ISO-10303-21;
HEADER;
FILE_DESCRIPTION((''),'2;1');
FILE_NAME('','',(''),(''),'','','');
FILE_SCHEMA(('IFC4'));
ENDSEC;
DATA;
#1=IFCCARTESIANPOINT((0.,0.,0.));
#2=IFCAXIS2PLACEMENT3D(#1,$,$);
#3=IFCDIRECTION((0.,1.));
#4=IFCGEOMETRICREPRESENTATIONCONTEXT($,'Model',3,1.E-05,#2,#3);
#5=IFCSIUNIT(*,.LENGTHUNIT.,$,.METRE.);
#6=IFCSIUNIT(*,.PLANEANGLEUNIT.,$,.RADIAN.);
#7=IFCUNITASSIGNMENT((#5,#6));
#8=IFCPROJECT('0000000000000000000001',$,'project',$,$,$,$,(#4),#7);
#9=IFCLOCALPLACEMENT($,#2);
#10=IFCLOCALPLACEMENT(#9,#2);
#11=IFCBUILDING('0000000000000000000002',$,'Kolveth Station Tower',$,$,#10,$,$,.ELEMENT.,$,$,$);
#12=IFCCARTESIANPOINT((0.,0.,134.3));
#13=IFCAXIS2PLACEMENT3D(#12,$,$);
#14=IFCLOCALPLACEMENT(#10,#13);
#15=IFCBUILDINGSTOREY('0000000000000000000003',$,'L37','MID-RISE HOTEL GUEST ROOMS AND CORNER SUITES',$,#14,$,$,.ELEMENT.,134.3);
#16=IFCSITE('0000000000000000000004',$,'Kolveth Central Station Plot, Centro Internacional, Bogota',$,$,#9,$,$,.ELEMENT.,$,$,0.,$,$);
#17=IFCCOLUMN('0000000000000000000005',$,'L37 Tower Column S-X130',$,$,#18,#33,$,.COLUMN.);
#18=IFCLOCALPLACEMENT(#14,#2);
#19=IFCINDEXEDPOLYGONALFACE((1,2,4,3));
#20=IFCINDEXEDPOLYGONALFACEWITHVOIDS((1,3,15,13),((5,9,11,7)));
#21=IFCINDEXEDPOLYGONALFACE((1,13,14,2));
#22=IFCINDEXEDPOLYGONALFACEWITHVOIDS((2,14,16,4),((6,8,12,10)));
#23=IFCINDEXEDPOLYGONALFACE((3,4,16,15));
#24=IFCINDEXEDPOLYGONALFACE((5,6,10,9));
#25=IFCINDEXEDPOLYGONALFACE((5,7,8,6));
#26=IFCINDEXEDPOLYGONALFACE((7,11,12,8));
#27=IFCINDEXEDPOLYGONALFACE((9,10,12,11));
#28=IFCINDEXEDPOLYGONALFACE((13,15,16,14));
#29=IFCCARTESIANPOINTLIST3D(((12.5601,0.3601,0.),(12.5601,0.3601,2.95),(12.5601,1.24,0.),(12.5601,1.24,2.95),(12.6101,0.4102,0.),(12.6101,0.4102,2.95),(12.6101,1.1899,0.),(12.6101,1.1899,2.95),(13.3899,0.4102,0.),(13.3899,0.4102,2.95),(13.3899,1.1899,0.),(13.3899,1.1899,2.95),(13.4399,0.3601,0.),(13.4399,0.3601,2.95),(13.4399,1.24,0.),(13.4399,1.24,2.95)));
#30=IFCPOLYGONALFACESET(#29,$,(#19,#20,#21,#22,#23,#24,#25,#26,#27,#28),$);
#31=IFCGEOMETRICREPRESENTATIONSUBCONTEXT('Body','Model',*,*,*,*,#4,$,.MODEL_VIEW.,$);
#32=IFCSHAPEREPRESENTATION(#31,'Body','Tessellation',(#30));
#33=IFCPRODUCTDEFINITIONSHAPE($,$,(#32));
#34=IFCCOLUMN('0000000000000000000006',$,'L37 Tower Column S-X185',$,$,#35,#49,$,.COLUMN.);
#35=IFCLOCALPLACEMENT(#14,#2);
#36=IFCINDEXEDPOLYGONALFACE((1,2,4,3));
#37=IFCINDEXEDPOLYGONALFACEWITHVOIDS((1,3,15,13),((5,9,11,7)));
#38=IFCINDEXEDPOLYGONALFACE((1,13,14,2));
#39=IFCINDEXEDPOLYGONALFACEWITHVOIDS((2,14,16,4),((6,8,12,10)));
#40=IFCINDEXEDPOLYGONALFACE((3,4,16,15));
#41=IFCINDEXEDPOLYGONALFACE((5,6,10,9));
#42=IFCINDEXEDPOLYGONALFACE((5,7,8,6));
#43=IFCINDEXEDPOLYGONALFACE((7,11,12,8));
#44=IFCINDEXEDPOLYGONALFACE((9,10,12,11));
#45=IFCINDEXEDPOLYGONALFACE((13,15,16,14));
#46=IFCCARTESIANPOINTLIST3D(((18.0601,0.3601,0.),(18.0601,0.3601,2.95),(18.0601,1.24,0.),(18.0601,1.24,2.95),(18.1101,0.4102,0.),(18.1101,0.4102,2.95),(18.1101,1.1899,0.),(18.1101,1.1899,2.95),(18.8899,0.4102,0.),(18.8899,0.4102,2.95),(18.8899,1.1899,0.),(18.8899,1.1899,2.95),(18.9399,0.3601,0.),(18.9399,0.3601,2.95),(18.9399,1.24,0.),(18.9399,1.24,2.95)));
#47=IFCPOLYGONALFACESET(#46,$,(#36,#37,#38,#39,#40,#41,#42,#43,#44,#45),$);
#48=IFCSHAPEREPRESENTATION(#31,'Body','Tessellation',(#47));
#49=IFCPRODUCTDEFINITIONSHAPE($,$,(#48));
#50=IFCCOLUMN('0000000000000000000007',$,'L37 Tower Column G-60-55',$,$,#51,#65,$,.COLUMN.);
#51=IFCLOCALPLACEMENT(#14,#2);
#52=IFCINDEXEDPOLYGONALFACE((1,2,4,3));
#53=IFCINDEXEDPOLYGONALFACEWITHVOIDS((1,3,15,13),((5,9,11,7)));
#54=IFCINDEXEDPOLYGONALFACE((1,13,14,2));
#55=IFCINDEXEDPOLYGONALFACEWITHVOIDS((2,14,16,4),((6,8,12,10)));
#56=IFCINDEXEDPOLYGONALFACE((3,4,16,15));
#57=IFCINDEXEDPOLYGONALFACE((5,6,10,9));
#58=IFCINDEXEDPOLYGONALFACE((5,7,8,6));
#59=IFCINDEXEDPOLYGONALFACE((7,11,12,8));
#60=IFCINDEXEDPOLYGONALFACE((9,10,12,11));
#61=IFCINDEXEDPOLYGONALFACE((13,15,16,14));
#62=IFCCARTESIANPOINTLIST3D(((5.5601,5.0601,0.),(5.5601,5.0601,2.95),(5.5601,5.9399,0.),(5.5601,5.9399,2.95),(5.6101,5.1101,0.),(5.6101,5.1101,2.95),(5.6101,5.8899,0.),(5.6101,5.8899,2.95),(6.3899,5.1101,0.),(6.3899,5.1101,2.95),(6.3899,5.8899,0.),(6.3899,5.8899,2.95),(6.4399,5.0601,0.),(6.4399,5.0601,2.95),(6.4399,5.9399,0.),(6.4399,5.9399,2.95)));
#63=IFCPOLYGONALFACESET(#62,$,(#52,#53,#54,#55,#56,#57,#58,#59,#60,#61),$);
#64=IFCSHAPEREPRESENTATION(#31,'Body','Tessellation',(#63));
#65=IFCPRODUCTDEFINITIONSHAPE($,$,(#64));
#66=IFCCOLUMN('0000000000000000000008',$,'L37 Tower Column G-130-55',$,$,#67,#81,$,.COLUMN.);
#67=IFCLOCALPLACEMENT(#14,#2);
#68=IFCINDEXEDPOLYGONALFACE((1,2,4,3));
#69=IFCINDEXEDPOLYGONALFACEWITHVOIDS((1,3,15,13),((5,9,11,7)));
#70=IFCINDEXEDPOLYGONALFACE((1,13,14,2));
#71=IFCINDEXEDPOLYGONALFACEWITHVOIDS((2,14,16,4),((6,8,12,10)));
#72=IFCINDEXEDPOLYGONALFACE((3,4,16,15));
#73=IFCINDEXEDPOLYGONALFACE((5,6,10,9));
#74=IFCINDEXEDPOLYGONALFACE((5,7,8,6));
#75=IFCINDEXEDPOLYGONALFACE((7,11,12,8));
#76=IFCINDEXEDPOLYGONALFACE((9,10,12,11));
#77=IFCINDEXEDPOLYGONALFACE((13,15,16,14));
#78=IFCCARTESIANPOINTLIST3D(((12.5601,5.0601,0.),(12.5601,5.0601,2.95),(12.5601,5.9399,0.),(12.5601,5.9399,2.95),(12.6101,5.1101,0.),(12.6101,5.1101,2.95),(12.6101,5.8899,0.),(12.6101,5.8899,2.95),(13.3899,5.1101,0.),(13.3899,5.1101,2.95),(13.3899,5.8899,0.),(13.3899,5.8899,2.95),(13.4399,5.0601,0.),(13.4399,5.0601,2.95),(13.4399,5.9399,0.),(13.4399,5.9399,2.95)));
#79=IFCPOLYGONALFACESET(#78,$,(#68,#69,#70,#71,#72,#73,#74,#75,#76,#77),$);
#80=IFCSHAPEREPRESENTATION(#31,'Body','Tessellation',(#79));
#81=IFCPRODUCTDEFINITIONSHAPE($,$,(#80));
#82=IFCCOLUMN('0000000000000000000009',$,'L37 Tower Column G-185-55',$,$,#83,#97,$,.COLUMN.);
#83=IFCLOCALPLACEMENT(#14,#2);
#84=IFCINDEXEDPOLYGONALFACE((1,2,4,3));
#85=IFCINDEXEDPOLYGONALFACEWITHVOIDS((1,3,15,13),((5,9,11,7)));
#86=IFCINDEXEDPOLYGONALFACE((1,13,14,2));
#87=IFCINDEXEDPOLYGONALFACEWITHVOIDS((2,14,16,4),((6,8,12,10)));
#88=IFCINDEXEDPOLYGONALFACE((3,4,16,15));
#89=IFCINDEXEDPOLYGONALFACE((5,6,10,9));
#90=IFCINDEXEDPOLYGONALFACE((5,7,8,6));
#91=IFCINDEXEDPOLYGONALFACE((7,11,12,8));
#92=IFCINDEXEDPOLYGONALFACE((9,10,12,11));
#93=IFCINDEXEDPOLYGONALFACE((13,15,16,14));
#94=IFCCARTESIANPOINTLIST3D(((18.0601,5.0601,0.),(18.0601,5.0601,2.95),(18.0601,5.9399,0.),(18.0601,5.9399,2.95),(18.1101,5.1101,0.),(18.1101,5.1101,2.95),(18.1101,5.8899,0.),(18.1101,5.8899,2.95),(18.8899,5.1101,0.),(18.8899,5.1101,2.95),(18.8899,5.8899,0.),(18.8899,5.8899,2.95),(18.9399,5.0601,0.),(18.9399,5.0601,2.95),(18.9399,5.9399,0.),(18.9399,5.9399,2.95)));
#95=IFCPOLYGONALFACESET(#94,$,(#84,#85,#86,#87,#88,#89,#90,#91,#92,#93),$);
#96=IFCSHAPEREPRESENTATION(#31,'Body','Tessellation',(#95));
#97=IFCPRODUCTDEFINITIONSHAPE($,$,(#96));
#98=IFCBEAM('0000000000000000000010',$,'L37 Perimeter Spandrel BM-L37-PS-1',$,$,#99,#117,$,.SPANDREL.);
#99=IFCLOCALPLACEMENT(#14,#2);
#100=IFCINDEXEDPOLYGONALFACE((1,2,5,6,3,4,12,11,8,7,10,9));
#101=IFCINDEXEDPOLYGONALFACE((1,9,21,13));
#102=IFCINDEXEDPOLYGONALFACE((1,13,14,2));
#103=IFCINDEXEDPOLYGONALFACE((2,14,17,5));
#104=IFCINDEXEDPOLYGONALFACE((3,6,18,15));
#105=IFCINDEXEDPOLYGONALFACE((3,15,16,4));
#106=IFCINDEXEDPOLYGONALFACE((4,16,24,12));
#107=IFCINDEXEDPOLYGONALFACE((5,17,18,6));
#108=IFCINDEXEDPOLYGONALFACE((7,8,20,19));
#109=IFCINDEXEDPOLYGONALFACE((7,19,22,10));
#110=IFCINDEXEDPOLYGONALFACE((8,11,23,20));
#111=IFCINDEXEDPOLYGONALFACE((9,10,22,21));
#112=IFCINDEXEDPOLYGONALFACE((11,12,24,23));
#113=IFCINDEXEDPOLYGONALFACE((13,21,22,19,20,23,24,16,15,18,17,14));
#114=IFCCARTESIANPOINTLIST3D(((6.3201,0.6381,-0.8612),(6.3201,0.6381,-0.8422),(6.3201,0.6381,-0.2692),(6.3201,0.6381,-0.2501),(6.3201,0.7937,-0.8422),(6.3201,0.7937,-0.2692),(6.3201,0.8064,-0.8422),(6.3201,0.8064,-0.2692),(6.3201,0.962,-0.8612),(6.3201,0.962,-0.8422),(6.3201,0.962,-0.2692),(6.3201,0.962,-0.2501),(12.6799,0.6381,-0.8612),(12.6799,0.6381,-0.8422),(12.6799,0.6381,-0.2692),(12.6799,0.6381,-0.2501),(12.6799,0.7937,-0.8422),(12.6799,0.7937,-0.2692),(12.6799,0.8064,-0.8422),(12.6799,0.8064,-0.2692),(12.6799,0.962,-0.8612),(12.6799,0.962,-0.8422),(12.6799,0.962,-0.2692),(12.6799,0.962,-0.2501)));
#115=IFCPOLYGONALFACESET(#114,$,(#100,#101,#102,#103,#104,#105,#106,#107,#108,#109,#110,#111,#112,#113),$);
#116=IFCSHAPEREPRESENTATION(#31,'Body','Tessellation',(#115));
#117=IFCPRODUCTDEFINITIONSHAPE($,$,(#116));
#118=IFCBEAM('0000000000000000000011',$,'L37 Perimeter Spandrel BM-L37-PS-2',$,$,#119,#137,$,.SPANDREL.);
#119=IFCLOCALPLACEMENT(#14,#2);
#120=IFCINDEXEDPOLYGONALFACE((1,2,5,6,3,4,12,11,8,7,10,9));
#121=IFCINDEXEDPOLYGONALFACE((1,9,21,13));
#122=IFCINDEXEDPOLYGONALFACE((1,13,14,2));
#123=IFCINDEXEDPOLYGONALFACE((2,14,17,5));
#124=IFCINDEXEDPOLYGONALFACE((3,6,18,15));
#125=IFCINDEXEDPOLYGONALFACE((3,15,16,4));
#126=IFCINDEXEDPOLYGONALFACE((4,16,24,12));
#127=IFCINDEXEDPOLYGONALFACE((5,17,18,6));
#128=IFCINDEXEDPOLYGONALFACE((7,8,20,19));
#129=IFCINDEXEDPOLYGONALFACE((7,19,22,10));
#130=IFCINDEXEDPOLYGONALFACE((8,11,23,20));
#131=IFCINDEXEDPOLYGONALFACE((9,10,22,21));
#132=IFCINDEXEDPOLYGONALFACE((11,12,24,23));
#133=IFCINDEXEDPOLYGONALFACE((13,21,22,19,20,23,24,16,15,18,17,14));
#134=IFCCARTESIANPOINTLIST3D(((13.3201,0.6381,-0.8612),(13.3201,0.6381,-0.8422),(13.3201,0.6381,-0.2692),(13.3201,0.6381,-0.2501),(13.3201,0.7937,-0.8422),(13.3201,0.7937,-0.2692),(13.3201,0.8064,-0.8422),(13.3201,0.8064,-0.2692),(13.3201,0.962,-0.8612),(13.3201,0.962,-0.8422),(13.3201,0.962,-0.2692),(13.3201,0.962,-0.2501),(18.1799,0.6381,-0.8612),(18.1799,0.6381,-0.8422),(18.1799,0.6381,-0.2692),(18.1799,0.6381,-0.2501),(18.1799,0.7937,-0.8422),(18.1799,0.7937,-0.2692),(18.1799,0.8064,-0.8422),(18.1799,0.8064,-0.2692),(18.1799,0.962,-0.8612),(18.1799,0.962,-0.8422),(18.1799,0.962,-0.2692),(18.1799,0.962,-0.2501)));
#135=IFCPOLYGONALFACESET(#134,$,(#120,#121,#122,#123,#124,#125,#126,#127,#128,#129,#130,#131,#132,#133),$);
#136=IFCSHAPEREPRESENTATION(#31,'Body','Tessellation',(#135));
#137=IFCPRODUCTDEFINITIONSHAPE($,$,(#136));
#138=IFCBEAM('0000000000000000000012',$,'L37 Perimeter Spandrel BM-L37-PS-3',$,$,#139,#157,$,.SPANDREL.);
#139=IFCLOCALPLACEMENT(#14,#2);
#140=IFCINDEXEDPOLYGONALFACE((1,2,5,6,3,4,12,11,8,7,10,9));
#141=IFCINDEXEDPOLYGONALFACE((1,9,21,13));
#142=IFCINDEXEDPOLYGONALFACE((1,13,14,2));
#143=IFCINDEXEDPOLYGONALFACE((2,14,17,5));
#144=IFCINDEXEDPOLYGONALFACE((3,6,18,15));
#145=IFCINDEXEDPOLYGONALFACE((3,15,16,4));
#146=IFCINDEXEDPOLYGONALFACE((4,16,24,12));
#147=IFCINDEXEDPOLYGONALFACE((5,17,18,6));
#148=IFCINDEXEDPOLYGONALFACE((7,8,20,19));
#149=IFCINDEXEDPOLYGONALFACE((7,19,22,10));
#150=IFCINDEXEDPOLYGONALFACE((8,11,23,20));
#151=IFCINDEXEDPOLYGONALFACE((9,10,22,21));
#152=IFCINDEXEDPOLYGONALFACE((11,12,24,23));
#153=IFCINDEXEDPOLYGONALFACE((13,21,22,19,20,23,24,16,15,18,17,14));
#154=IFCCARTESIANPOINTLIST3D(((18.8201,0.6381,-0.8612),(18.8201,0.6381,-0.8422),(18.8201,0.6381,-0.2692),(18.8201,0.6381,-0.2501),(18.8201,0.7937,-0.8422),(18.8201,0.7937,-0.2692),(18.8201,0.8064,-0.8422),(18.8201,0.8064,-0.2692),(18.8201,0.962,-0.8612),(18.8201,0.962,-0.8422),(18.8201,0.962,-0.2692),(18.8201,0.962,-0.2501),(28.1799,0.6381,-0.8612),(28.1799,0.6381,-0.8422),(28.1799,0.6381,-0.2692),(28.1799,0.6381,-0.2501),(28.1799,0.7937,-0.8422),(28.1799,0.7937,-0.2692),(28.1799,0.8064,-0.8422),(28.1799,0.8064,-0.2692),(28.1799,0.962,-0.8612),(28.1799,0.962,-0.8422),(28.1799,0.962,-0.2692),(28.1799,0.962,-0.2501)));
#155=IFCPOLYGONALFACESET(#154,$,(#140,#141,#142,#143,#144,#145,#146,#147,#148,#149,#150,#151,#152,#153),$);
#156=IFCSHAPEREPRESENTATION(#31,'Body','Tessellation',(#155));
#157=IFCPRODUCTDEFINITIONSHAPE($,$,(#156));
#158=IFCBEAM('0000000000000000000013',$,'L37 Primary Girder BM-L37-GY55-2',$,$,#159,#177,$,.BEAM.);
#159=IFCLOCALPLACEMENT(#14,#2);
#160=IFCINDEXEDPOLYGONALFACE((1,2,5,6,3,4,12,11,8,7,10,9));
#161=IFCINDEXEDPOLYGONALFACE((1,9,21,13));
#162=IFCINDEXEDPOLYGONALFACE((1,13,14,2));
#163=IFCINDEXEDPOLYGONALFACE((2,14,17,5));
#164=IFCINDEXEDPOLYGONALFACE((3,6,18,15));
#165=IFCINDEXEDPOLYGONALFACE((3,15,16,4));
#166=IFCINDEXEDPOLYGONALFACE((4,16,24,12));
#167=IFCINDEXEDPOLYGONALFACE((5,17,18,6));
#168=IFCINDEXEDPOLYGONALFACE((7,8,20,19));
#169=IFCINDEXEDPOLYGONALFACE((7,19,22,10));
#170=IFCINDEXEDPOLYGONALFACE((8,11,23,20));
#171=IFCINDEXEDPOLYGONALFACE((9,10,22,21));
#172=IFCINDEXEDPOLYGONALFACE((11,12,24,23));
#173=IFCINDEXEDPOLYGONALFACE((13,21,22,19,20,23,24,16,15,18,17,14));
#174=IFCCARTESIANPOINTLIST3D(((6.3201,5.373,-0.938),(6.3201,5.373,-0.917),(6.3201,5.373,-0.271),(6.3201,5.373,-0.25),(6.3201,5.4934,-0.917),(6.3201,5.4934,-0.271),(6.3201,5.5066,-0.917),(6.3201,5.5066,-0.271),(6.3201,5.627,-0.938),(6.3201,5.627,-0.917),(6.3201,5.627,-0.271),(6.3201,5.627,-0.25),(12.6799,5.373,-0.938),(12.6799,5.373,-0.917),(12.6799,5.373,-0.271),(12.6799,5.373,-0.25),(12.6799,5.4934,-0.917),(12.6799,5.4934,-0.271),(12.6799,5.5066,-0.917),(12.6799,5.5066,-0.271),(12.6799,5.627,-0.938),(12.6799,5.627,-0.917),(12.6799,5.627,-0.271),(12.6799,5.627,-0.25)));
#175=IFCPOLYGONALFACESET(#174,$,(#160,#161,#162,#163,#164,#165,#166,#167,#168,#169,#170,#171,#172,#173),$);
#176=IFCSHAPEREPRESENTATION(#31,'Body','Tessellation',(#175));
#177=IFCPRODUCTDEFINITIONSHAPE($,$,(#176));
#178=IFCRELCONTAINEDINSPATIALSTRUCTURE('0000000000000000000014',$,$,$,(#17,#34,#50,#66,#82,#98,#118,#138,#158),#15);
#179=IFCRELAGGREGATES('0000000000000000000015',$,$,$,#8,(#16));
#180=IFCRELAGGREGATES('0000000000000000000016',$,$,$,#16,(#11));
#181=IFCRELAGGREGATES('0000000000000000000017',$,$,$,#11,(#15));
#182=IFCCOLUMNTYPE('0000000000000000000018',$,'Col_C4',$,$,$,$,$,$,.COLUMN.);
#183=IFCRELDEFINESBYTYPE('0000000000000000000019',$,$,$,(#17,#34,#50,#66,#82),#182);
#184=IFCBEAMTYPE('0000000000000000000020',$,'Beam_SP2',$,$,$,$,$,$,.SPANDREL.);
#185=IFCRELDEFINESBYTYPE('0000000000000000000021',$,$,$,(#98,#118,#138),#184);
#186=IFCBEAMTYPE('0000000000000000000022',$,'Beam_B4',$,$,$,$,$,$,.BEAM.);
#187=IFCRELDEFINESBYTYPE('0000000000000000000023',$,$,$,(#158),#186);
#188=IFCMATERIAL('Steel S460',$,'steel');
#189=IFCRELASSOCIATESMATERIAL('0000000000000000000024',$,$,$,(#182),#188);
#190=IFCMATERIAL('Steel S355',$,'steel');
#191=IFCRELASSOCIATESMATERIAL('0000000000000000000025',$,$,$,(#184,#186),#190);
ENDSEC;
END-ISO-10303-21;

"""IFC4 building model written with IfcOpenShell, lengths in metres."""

from ifc_helpers import new_model, si_unit, direction, frame, origin, origin_2d, place, context, subcontext, project, spatial, hollow_rectangle, i_section, extrude, source, transform, mapped, material, material_profile, profile_set, type_object, element, save


model = new_model("IFC4")

# Units and contexts
model_context = context("Model", 3, precision=1e-05, world=origin(), true_north=direction((0.0, 1.0)))
body_context = subcontext(model_context, "Body", "Model", "MODEL_VIEW")
ifc_project = project(units=[si_unit("LENGTHUNIT", "METRE"), si_unit("PLANEANGLEUNIT", "RADIAN")], contexts=[model_context])

# Site, building, storey
site_placement = place(None, origin())
site = spatial("IfcSite", under=ifc_project, at=site_placement, Name="Kolveth Central Station Plot, Centro Internacional, Bogota", CompositionType="ELEMENT", RefElevation=0.0)
building_placement = place(site_placement, origin())
building = spatial("IfcBuilding", under=site, at=building_placement, Name="Kolveth Station Tower", CompositionType="ELEMENT")
storey_placement = place(building_placement, frame((0.0, 0.0, 134.3)))
storey = spatial("IfcBuildingStorey", under=building, at=storey_placement, Name="L37", Description="MID-RISE HOTEL GUEST ROOMS AND CORNER SUITES", CompositionType="ELEMENT", Elevation=134.3)

# Columns
ifc_material_1 = material(Name="Steel S460", Category="steel")
ifc_material_profile_1 = material_profile(ifc_material_1, hollow_rectangle(XDim=0.8799, YDim=0.8799, WallThickness=0.05, at=origin_2d()), Name="BOX880x880x50")
ifc_profile_set_1 = profile_set([ifc_material_profile_1], Name="Steel S460")
column_type = type_object("IfcColumnType", Name="Col_C4", PredefinedType="COLUMN", material=ifc_profile_set_1)
shared_shape_1 = source(origin(), body_context, "Body", "SweptSolid", [
    extrude(hollow_rectangle(XDim=0.8799, YDim=0.8799, WallThickness=0.05, at=origin_2d()), origin(), (0.0, 0.0, 1.0), 2.95),
])
for number, where, z_axis, x_axis, name in (
    (1, (13.0, 0.8, 0.0), (0.0, 0.0, 1.0), (1.0, 0.0, 0.0), "L37 Tower Column S-X130"),
    (2, (18.5, 0.8, 0.0), (0.0, 0.0, 1.0), (1.0, 0.0, 0.0), "L37 Tower Column S-X185"),
    (3, (6.0, 5.5, 0.0), (0.0, 0.0, 1.0), (1.0, 0.0, 0.0), "L37 Tower Column G-60-55"),
    (4, (13.0, 5.5, 0.0), (0.0, 0.0, 1.0), (1.0, 0.0, 0.0), "L37 Tower Column G-130-55"),
    (5, (18.5, 5.5, 0.0), (0.0, 0.0, 1.0), (1.0, 0.0, 0.0), "L37 Tower Column G-185-55"),
):
    element("IfcColumn", number, at=place(storey_placement, frame(where, z_axis=z_axis, x_axis=x_axis)), inside=storey, type_object=column_type, Name=name, PredefinedType="COLUMN", context=body_context, shape_type="MappedRepresentation", body=[
        mapped(shared_shape_1, transform((0.0, 0.0, 0.0), x_axis=(1.0, 0.0, 0.0), y_axis=(0.0, 1.0, 0.0), z_axis=(0.0, 0.0, 1.0), scale=1.0)),
    ])

# Beams
ifc_material_2 = material(Name="Steel S355", Category="steel")
ifc_material_profile_2 = material_profile(ifc_material_2, i_section(OverallWidth=0.324, OverallDepth=0.6111, WebThickness=0.0127, FlangeThickness=0.019, at=origin_2d()), Name="W610x155")
ifc_profile_set_2 = profile_set([ifc_material_profile_2], Name="Steel S355")
beam_type_1 = type_object("IfcBeamType", Name="Beam_SP2", PredefinedType="SPANDREL", material=ifc_profile_set_2)
shared_shape_2 = source(origin(), body_context, "Body", "SweptSolid", [
    extrude(i_section(OverallWidth=0.324, OverallDepth=0.6111, WebThickness=0.0127, FlangeThickness=0.019, at=origin_2d()), origin(), (0.0, 0.0, 1.0), 6.3599),
])
beam_1_placement = place(storey_placement, frame((6.3201, 0.8, -0.5557), z_axis=(1.0, 0.0, 0.0), x_axis=(0.0, 1.0, 0.0)))
element("IfcBeam", 6, at=beam_1_placement, inside=storey, type_object=beam_type_1, Name="L37 Perimeter Spandrel BM-L37-PS-1", PredefinedType="SPANDREL", context=body_context, shape_type="MappedRepresentation", body=[
    mapped(shared_shape_2, transform((0.0, 0.0, 0.0), x_axis=(1.0, 0.0, 0.0), y_axis=(0.0, 1.0, 0.0), z_axis=(0.0, 0.0, 1.0), scale=1.0)),
])
shared_shape_3 = source(origin(), body_context, "Body", "SweptSolid", [
    extrude(i_section(OverallWidth=0.324, OverallDepth=0.6111, WebThickness=0.0127, FlangeThickness=0.019, at=origin_2d()), origin(), (0.0, 0.0, 1.0), 4.8599),
])
beam_2_placement = place(storey_placement, frame((13.3201, 0.8, -0.5557), z_axis=(1.0, 0.0, 0.0), x_axis=(0.0, 1.0, 0.0)))
element("IfcBeam", 7, at=beam_2_placement, inside=storey, type_object=beam_type_1, Name="L37 Perimeter Spandrel BM-L37-PS-2", PredefinedType="SPANDREL", context=body_context, shape_type="MappedRepresentation", body=[
    mapped(shared_shape_3, transform((0.0, 0.0, 0.0), x_axis=(1.0, 0.0, 0.0), y_axis=(0.0, 1.0, 0.0), z_axis=(0.0, 0.0, 1.0), scale=1.0)),
])
shared_shape_4 = source(origin(), body_context, "Body", "SweptSolid", [
    extrude(i_section(OverallWidth=0.324, OverallDepth=0.6111, WebThickness=0.0127, FlangeThickness=0.019, at=origin_2d()), origin(), (0.0, 0.0, 1.0), 9.3599),
])
beam_3_placement = place(storey_placement, frame((18.8201, 0.8, -0.5557), z_axis=(1.0, 0.0, 0.0), x_axis=(0.0, 1.0, 0.0)))
element("IfcBeam", 8, at=beam_3_placement, inside=storey, type_object=beam_type_1, Name="L37 Perimeter Spandrel BM-L37-PS-3", PredefinedType="SPANDREL", context=body_context, shape_type="MappedRepresentation", body=[
    mapped(shared_shape_4, transform((0.0, 0.0, 0.0), x_axis=(1.0, 0.0, 0.0), y_axis=(0.0, 1.0, 0.0), z_axis=(0.0, 0.0, 1.0), scale=1.0)),
])
ifc_material_profile_3 = material_profile(ifc_material_2, i_section(OverallWidth=0.2539, OverallDepth=0.688, WebThickness=0.0132, FlangeThickness=0.021, at=origin_2d()), Name="W690x152")
ifc_profile_set_3 = profile_set([ifc_material_profile_3], Name="Steel S355")
beam_type_2 = type_object("IfcBeamType", Name="Beam_B4", PredefinedType="BEAM", material=ifc_profile_set_3)
shared_shape_5 = source(origin(), body_context, "Body", "SweptSolid", [
    extrude(i_section(OverallWidth=0.2539, OverallDepth=0.688, WebThickness=0.0132, FlangeThickness=0.021, at=origin_2d()), origin(), (0.0, 0.0, 1.0), 6.3599),
])
beam_4_placement = place(storey_placement, frame((6.3201, 5.5, -0.594), z_axis=(1.0, 0.0, 0.0), x_axis=(0.0, 1.0, 0.0)))
element("IfcBeam", 9, at=beam_4_placement, inside=storey, type_object=beam_type_2, Name="L37 Primary Girder BM-L37-GY55-2", PredefinedType="BEAM", context=body_context, shape_type="MappedRepresentation", body=[
    mapped(shared_shape_5, transform((0.0, 0.0, 0.0), x_axis=(1.0, 0.0, 0.0), y_axis=(0.0, 1.0, 0.0), z_axis=(0.0, 0.0, 1.0), scale=1.0)),
])

save(model, "model.ifc")
